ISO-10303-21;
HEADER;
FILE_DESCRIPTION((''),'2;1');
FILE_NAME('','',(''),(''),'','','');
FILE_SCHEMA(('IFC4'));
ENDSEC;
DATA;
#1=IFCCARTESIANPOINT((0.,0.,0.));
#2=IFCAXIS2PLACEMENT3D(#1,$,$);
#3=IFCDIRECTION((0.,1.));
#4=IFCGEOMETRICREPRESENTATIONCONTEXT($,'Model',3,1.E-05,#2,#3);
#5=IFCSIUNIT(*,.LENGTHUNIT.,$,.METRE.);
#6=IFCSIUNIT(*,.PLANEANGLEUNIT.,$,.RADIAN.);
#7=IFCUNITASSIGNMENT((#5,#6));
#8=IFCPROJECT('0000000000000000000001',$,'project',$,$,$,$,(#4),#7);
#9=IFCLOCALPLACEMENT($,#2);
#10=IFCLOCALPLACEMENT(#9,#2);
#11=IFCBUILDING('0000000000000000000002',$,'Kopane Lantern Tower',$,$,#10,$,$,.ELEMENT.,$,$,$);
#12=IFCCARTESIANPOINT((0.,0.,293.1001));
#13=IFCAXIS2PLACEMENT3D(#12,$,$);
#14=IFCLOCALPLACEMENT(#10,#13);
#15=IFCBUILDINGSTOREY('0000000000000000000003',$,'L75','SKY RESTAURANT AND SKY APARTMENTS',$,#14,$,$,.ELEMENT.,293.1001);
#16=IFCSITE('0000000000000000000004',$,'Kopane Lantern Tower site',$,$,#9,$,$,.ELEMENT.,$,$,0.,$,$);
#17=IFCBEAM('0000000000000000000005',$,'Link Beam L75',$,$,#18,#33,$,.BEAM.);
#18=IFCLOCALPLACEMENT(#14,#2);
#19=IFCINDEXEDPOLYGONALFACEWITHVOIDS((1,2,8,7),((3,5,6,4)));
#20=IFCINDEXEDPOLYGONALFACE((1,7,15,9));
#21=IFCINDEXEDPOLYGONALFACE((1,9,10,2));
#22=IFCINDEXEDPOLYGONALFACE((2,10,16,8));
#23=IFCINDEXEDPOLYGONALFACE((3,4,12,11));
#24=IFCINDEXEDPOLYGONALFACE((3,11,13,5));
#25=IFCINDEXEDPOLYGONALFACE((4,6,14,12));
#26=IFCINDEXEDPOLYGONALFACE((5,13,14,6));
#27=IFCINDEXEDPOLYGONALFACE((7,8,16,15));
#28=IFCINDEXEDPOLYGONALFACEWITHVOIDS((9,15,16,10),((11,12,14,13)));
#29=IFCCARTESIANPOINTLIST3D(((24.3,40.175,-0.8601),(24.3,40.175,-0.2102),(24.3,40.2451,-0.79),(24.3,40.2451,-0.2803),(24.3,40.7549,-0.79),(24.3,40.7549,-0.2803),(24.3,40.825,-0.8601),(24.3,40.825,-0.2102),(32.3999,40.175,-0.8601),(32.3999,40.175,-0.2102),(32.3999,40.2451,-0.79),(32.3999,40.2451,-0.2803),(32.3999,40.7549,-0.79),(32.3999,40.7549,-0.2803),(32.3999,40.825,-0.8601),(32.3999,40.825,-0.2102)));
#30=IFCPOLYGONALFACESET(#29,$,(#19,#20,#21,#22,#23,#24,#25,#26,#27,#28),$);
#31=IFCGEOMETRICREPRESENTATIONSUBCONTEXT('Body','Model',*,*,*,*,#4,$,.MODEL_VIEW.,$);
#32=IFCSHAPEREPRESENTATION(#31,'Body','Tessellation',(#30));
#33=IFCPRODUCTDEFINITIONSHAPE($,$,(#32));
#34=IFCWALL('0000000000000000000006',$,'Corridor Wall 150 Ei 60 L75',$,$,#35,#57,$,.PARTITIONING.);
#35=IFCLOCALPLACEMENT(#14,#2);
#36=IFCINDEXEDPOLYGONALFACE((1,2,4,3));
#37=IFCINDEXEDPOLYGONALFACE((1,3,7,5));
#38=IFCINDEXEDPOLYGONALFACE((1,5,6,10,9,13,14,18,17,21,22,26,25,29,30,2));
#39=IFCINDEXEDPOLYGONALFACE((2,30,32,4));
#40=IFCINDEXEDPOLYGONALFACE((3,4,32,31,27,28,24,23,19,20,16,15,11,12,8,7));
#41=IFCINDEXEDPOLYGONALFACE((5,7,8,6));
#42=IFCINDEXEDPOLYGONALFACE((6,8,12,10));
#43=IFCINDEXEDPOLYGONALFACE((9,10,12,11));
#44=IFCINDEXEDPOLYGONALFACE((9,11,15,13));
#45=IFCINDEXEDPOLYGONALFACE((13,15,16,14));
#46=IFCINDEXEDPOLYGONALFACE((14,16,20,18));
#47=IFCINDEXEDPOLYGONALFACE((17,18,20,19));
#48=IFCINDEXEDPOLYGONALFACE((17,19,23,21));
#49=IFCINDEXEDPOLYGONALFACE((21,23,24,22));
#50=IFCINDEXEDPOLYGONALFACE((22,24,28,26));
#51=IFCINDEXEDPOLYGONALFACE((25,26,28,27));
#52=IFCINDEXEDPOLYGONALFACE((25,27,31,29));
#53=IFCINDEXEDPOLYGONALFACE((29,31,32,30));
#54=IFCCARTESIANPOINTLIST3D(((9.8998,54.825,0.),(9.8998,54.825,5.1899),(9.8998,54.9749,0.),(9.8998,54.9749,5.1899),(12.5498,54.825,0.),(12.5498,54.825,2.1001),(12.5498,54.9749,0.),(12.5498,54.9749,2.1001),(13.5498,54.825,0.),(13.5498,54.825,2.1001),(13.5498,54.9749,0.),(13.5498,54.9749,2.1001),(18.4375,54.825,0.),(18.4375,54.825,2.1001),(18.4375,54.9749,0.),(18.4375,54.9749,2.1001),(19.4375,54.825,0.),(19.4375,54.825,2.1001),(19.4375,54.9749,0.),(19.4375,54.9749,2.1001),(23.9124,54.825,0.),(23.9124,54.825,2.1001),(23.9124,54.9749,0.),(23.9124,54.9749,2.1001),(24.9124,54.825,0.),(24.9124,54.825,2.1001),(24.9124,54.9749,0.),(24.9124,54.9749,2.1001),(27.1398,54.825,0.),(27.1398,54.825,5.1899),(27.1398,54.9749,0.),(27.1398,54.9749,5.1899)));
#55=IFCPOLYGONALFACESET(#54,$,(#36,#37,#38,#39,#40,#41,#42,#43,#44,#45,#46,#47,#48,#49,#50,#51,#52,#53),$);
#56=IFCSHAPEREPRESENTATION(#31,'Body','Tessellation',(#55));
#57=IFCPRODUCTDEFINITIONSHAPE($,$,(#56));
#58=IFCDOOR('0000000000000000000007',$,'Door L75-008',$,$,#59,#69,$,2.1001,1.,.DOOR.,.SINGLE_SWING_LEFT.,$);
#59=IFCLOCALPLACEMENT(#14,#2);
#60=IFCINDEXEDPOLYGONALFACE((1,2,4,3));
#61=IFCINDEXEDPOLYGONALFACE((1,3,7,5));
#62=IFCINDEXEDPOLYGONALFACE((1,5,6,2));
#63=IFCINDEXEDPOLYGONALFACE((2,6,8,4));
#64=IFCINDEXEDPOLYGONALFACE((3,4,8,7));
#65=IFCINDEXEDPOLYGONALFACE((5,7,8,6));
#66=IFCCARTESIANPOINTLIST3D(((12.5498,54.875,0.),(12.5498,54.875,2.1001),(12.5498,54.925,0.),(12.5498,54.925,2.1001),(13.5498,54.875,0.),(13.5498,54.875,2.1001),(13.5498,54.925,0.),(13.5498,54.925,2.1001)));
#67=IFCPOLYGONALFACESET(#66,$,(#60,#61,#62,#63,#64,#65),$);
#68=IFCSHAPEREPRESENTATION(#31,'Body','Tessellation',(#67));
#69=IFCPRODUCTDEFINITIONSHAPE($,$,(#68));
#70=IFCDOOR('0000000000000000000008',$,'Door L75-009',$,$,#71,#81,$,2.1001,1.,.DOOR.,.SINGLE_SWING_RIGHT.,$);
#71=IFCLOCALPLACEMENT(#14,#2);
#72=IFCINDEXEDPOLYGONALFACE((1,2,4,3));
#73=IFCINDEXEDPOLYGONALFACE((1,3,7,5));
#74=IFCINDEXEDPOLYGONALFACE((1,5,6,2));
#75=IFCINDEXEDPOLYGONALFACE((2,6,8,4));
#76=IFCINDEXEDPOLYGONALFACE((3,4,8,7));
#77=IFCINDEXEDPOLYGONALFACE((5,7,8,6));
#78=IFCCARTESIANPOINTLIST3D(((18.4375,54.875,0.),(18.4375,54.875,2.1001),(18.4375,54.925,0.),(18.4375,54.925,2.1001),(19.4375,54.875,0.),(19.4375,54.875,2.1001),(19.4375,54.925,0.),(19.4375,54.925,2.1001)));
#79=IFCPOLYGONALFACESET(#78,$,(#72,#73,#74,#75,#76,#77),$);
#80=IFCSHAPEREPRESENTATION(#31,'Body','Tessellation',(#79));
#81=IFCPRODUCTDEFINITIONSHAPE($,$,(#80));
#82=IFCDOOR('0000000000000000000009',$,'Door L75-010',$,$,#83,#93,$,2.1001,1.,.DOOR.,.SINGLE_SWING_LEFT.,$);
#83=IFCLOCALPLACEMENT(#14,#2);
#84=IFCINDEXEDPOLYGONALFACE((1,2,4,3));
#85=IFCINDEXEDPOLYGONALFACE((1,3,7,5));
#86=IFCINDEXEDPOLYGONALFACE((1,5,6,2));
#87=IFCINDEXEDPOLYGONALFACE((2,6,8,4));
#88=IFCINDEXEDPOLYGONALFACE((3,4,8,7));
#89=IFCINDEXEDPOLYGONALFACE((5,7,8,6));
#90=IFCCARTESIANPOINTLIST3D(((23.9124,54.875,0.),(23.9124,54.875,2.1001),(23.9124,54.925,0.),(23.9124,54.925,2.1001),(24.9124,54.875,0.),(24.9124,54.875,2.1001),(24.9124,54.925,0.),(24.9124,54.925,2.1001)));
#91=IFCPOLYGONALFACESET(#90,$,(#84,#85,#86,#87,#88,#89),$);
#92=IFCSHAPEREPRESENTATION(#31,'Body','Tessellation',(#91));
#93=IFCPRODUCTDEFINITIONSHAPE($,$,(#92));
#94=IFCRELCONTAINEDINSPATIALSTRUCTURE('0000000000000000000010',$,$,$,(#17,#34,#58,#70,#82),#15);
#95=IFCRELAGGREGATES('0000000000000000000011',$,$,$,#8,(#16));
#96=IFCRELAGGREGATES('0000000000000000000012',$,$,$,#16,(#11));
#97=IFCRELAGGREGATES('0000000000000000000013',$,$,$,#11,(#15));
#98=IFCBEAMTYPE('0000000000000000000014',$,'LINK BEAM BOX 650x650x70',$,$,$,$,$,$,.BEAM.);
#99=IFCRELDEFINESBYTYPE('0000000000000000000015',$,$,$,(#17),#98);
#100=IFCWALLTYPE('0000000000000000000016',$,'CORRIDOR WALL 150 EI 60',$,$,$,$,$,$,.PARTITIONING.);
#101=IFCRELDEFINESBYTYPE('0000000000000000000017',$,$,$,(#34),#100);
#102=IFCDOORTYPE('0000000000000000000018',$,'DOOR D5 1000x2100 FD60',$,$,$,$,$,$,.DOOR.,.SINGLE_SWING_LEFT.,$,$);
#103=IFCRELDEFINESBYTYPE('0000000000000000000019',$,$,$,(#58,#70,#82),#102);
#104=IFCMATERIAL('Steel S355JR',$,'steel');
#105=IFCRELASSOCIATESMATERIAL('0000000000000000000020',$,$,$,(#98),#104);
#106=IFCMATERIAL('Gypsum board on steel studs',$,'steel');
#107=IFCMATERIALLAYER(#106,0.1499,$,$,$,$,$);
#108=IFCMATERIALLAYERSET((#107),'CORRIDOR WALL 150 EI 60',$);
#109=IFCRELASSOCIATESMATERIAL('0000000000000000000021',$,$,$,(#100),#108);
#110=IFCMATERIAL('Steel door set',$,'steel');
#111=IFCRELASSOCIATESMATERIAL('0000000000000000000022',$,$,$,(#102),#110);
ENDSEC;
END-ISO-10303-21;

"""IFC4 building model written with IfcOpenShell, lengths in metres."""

from ifc_helpers import new_model, si_unit, direction, frame, frame_2d, origin, origin_2d, place, context, subcontext, project, spatial, rectangle, hollow_rectangle, extrude, material, layer, layer_set, material_profile, profile_set, type_object, element, fill, save


model = new_model("IFC4")

# Units and contexts
model_context = context("Model", 3, precision=1e-05, world=origin(), true_north=direction((0.0, 1.0)))
body_context = subcontext(model_context, "Body", "Model", "MODEL_VIEW")
ifc_project = project(units=[si_unit("LENGTHUNIT", "METRE"), si_unit("PLANEANGLEUNIT", "RADIAN")], contexts=[model_context])

# Site, building, storey
site_placement = place(None, origin())
site = spatial("IfcSite", under=ifc_project, at=site_placement, Name="Kopane Lantern Tower site", CompositionType="ELEMENT", RefElevation=0.0)
building_placement = place(site_placement, origin())
building = spatial("IfcBuilding", under=site, at=building_placement, Name="Kopane Lantern Tower", CompositionType="ELEMENT")
storey_placement = place(building_placement, frame((0.0, 0.0, 293.1001)))
storey = spatial("IfcBuildingStorey", under=building, at=storey_placement, Name="L75", Description="SKY RESTAURANT AND SKY APARTMENTS", CompositionType="ELEMENT", Elevation=293.1001)

# Beam
ifc_material_1 = material(Name="Steel S355JR", Category="steel")
ifc_material_profile_1 = material_profile(ifc_material_1, hollow_rectangle(XDim=0.6499, YDim=0.6499, WallThickness=0.0701, at=origin_2d()), Name="BOX 650x650x70")
ifc_profile_set_1 = profile_set([ifc_material_profile_1], Name="Steel S355JR")
beam_type_1 = type_object("IfcBeamType", Name="LINK BEAM BOX 650x650x70", PredefinedType="BEAM", material=ifc_profile_set_1)
beam_1_placement = place(storey_placement, frame((24.3, 40.5, -0.5352), z_axis=(1.0, 0.0, 0.0), x_axis=(0.0, 1.0, 0.0)))
element("IfcBeam", 1, at=beam_1_placement, inside=storey, type_object=beam_type_1, Name="Link Beam L75", PredefinedType="BEAM", context=body_context, shape_type="SweptSolid", body=[
    extrude(hollow_rectangle(XDim=0.6499, YDim=0.6499, WallThickness=0.0701, at=origin_2d()), origin(), (0.0, 0.0, 1.0), 8.0999),
])

# Wall, openings, doors
ifc_material_2 = material(Name="Gypsum board on steel studs", Category="steel")
ifc_layer_1 = layer(ifc_material_2, 0.1499)
ifc_layer_set_1 = layer_set([ifc_layer_1], Name="CORRIDOR WALL 150 EI 60")
wall_type_1 = type_object("IfcWallType", Name="CORRIDOR WALL 150 EI 60", PredefinedType="PARTITIONING", material=ifc_layer_set_1)
wall_1_placement = place(storey_placement, frame((27.1399, 54.8999, 0.0), z_axis=(0.0, 0.0, 1.0), x_axis=(-1.0, 0.0, 0.0)))
wall_1 = element("IfcWall", 2, at=wall_1_placement, inside=storey, type_object=wall_type_1, Name="Corridor Wall 150 Ei 60 L75", PredefinedType="PARTITIONING", context=body_context, shape_type="SweptSolid", body=[
    extrude(rectangle(XDim=17.24, YDim=0.1499, at=frame_2d((8.6201, 0.0))), origin(), (0.0, 0.0, 1.0), 5.1899),
])
opening_1_placement = place(wall_1_placement, frame((13.5901, 0.0, 0.0)))
opening_1 = element("IfcOpeningElement", 3, at=opening_1_placement, cuts=wall_1, PredefinedType="OPENING", context=body_context, shape_type="SweptSolid", body=[
    extrude(rectangle(XDim=1.0, YDim=2.1001, at=frame_2d((0.5, 1.05))), frame((0.0, 0.085, 0.0), z_axis=(0.0, -1.0, 0.0), x_axis=(1.0, 0.0, 0.0)), (0.0, 0.0, 1.0), 0.1699),
])
opening_2_placement = place(wall_1_placement, frame((7.7024, 0.0, 0.0)))
opening_2 = element("IfcOpeningElement", 4, at=opening_2_placement, cuts=wall_1, PredefinedType="OPENING", context=body_context, shape_type="SweptSolid", body=[
    extrude(rectangle(XDim=1.0, YDim=2.1001, at=frame_2d((0.5, 1.05))), frame((0.0, 0.085, 0.0), z_axis=(0.0, -1.0, 0.0), x_axis=(1.0, 0.0, 0.0)), (0.0, 0.0, 1.0), 0.1699),
])
opening_3_placement = place(wall_1_placement, frame((2.2275, 0.0, 0.0)))
opening_3 = element("IfcOpeningElement", 5, at=opening_3_placement, cuts=wall_1, PredefinedType="OPENING", context=body_context, shape_type="SweptSolid", body=[
    extrude(rectangle(XDim=1.0, YDim=2.1001, at=frame_2d((0.5, 1.05))), frame((0.0, 0.085, 0.0), z_axis=(0.0, -1.0, 0.0), x_axis=(1.0, 0.0, 0.0)), (0.0, 0.0, 1.0), 0.1699),
])
ifc_material_3 = material(Name="Steel door set", Category="steel")
door_type_1 = type_object("IfcDoorType", Name="DOOR D5 1000x2100 FD60", OperationType="SINGLE_SWING_LEFT", PredefinedType="DOOR", material=ifc_material_3)
door_1_placement = place(opening_1_placement, origin())
door_1 = element("IfcDoor", 6, at=door_1_placement, inside=storey, type_object=door_type_1, Name="Door L75-008", OperationType="SINGLE_SWING_LEFT", OverallHeight=2.1001, OverallWidth=1.0, PredefinedType="DOOR", context=body_context, shape_type="SweptSolid", body=[
    extrude(rectangle(XDim=1.0, YDim=2.1001, at=frame_2d((0.5, 1.05))), frame((0.0, 0.0249, 0.0), z_axis=(0.0, -1.0, 0.0), x_axis=(1.0, 0.0, 0.0)), (0.0, 0.0, 1.0), 0.05),
])
fill(opening_1, door_1)
door_2_placement = place(opening_2_placement, origin())
door_2 = element("IfcDoor", 7, at=door_2_placement, inside=storey, type_object=door_type_1, Name="Door L75-009", OperationType="SINGLE_SWING_RIGHT", OverallHeight=2.1001, OverallWidth=1.0, PredefinedType="DOOR", context=body_context, shape_type="SweptSolid", body=[
    extrude(rectangle(XDim=1.0, YDim=2.1001, at=frame_2d((0.5, 1.05))), frame((0.0, 0.0249, 0.0), z_axis=(0.0, -1.0, 0.0), x_axis=(1.0, 0.0, 0.0)), (0.0, 0.0, 1.0), 0.05),
])
fill(opening_2, door_2)
door_3_placement = place(opening_3_placement, origin())
door_3 = element("IfcDoor", 8, at=door_3_placement, inside=storey, type_object=door_type_1, Name="Door L75-010", OperationType="SINGLE_SWING_LEFT", OverallHeight=2.1001, OverallWidth=1.0, PredefinedType="DOOR", context=body_context, shape_type="SweptSolid", body=[
    extrude(rectangle(XDim=1.0, YDim=2.1001, at=frame_2d((0.5, 1.05))), frame((0.0, 0.0249, 0.0), z_axis=(0.0, -1.0, 0.0), x_axis=(1.0, 0.0, 0.0)), (0.0, 0.0, 1.0), 0.05),
])
fill(opening_3, door_3)

save(model, "model.ifc")
